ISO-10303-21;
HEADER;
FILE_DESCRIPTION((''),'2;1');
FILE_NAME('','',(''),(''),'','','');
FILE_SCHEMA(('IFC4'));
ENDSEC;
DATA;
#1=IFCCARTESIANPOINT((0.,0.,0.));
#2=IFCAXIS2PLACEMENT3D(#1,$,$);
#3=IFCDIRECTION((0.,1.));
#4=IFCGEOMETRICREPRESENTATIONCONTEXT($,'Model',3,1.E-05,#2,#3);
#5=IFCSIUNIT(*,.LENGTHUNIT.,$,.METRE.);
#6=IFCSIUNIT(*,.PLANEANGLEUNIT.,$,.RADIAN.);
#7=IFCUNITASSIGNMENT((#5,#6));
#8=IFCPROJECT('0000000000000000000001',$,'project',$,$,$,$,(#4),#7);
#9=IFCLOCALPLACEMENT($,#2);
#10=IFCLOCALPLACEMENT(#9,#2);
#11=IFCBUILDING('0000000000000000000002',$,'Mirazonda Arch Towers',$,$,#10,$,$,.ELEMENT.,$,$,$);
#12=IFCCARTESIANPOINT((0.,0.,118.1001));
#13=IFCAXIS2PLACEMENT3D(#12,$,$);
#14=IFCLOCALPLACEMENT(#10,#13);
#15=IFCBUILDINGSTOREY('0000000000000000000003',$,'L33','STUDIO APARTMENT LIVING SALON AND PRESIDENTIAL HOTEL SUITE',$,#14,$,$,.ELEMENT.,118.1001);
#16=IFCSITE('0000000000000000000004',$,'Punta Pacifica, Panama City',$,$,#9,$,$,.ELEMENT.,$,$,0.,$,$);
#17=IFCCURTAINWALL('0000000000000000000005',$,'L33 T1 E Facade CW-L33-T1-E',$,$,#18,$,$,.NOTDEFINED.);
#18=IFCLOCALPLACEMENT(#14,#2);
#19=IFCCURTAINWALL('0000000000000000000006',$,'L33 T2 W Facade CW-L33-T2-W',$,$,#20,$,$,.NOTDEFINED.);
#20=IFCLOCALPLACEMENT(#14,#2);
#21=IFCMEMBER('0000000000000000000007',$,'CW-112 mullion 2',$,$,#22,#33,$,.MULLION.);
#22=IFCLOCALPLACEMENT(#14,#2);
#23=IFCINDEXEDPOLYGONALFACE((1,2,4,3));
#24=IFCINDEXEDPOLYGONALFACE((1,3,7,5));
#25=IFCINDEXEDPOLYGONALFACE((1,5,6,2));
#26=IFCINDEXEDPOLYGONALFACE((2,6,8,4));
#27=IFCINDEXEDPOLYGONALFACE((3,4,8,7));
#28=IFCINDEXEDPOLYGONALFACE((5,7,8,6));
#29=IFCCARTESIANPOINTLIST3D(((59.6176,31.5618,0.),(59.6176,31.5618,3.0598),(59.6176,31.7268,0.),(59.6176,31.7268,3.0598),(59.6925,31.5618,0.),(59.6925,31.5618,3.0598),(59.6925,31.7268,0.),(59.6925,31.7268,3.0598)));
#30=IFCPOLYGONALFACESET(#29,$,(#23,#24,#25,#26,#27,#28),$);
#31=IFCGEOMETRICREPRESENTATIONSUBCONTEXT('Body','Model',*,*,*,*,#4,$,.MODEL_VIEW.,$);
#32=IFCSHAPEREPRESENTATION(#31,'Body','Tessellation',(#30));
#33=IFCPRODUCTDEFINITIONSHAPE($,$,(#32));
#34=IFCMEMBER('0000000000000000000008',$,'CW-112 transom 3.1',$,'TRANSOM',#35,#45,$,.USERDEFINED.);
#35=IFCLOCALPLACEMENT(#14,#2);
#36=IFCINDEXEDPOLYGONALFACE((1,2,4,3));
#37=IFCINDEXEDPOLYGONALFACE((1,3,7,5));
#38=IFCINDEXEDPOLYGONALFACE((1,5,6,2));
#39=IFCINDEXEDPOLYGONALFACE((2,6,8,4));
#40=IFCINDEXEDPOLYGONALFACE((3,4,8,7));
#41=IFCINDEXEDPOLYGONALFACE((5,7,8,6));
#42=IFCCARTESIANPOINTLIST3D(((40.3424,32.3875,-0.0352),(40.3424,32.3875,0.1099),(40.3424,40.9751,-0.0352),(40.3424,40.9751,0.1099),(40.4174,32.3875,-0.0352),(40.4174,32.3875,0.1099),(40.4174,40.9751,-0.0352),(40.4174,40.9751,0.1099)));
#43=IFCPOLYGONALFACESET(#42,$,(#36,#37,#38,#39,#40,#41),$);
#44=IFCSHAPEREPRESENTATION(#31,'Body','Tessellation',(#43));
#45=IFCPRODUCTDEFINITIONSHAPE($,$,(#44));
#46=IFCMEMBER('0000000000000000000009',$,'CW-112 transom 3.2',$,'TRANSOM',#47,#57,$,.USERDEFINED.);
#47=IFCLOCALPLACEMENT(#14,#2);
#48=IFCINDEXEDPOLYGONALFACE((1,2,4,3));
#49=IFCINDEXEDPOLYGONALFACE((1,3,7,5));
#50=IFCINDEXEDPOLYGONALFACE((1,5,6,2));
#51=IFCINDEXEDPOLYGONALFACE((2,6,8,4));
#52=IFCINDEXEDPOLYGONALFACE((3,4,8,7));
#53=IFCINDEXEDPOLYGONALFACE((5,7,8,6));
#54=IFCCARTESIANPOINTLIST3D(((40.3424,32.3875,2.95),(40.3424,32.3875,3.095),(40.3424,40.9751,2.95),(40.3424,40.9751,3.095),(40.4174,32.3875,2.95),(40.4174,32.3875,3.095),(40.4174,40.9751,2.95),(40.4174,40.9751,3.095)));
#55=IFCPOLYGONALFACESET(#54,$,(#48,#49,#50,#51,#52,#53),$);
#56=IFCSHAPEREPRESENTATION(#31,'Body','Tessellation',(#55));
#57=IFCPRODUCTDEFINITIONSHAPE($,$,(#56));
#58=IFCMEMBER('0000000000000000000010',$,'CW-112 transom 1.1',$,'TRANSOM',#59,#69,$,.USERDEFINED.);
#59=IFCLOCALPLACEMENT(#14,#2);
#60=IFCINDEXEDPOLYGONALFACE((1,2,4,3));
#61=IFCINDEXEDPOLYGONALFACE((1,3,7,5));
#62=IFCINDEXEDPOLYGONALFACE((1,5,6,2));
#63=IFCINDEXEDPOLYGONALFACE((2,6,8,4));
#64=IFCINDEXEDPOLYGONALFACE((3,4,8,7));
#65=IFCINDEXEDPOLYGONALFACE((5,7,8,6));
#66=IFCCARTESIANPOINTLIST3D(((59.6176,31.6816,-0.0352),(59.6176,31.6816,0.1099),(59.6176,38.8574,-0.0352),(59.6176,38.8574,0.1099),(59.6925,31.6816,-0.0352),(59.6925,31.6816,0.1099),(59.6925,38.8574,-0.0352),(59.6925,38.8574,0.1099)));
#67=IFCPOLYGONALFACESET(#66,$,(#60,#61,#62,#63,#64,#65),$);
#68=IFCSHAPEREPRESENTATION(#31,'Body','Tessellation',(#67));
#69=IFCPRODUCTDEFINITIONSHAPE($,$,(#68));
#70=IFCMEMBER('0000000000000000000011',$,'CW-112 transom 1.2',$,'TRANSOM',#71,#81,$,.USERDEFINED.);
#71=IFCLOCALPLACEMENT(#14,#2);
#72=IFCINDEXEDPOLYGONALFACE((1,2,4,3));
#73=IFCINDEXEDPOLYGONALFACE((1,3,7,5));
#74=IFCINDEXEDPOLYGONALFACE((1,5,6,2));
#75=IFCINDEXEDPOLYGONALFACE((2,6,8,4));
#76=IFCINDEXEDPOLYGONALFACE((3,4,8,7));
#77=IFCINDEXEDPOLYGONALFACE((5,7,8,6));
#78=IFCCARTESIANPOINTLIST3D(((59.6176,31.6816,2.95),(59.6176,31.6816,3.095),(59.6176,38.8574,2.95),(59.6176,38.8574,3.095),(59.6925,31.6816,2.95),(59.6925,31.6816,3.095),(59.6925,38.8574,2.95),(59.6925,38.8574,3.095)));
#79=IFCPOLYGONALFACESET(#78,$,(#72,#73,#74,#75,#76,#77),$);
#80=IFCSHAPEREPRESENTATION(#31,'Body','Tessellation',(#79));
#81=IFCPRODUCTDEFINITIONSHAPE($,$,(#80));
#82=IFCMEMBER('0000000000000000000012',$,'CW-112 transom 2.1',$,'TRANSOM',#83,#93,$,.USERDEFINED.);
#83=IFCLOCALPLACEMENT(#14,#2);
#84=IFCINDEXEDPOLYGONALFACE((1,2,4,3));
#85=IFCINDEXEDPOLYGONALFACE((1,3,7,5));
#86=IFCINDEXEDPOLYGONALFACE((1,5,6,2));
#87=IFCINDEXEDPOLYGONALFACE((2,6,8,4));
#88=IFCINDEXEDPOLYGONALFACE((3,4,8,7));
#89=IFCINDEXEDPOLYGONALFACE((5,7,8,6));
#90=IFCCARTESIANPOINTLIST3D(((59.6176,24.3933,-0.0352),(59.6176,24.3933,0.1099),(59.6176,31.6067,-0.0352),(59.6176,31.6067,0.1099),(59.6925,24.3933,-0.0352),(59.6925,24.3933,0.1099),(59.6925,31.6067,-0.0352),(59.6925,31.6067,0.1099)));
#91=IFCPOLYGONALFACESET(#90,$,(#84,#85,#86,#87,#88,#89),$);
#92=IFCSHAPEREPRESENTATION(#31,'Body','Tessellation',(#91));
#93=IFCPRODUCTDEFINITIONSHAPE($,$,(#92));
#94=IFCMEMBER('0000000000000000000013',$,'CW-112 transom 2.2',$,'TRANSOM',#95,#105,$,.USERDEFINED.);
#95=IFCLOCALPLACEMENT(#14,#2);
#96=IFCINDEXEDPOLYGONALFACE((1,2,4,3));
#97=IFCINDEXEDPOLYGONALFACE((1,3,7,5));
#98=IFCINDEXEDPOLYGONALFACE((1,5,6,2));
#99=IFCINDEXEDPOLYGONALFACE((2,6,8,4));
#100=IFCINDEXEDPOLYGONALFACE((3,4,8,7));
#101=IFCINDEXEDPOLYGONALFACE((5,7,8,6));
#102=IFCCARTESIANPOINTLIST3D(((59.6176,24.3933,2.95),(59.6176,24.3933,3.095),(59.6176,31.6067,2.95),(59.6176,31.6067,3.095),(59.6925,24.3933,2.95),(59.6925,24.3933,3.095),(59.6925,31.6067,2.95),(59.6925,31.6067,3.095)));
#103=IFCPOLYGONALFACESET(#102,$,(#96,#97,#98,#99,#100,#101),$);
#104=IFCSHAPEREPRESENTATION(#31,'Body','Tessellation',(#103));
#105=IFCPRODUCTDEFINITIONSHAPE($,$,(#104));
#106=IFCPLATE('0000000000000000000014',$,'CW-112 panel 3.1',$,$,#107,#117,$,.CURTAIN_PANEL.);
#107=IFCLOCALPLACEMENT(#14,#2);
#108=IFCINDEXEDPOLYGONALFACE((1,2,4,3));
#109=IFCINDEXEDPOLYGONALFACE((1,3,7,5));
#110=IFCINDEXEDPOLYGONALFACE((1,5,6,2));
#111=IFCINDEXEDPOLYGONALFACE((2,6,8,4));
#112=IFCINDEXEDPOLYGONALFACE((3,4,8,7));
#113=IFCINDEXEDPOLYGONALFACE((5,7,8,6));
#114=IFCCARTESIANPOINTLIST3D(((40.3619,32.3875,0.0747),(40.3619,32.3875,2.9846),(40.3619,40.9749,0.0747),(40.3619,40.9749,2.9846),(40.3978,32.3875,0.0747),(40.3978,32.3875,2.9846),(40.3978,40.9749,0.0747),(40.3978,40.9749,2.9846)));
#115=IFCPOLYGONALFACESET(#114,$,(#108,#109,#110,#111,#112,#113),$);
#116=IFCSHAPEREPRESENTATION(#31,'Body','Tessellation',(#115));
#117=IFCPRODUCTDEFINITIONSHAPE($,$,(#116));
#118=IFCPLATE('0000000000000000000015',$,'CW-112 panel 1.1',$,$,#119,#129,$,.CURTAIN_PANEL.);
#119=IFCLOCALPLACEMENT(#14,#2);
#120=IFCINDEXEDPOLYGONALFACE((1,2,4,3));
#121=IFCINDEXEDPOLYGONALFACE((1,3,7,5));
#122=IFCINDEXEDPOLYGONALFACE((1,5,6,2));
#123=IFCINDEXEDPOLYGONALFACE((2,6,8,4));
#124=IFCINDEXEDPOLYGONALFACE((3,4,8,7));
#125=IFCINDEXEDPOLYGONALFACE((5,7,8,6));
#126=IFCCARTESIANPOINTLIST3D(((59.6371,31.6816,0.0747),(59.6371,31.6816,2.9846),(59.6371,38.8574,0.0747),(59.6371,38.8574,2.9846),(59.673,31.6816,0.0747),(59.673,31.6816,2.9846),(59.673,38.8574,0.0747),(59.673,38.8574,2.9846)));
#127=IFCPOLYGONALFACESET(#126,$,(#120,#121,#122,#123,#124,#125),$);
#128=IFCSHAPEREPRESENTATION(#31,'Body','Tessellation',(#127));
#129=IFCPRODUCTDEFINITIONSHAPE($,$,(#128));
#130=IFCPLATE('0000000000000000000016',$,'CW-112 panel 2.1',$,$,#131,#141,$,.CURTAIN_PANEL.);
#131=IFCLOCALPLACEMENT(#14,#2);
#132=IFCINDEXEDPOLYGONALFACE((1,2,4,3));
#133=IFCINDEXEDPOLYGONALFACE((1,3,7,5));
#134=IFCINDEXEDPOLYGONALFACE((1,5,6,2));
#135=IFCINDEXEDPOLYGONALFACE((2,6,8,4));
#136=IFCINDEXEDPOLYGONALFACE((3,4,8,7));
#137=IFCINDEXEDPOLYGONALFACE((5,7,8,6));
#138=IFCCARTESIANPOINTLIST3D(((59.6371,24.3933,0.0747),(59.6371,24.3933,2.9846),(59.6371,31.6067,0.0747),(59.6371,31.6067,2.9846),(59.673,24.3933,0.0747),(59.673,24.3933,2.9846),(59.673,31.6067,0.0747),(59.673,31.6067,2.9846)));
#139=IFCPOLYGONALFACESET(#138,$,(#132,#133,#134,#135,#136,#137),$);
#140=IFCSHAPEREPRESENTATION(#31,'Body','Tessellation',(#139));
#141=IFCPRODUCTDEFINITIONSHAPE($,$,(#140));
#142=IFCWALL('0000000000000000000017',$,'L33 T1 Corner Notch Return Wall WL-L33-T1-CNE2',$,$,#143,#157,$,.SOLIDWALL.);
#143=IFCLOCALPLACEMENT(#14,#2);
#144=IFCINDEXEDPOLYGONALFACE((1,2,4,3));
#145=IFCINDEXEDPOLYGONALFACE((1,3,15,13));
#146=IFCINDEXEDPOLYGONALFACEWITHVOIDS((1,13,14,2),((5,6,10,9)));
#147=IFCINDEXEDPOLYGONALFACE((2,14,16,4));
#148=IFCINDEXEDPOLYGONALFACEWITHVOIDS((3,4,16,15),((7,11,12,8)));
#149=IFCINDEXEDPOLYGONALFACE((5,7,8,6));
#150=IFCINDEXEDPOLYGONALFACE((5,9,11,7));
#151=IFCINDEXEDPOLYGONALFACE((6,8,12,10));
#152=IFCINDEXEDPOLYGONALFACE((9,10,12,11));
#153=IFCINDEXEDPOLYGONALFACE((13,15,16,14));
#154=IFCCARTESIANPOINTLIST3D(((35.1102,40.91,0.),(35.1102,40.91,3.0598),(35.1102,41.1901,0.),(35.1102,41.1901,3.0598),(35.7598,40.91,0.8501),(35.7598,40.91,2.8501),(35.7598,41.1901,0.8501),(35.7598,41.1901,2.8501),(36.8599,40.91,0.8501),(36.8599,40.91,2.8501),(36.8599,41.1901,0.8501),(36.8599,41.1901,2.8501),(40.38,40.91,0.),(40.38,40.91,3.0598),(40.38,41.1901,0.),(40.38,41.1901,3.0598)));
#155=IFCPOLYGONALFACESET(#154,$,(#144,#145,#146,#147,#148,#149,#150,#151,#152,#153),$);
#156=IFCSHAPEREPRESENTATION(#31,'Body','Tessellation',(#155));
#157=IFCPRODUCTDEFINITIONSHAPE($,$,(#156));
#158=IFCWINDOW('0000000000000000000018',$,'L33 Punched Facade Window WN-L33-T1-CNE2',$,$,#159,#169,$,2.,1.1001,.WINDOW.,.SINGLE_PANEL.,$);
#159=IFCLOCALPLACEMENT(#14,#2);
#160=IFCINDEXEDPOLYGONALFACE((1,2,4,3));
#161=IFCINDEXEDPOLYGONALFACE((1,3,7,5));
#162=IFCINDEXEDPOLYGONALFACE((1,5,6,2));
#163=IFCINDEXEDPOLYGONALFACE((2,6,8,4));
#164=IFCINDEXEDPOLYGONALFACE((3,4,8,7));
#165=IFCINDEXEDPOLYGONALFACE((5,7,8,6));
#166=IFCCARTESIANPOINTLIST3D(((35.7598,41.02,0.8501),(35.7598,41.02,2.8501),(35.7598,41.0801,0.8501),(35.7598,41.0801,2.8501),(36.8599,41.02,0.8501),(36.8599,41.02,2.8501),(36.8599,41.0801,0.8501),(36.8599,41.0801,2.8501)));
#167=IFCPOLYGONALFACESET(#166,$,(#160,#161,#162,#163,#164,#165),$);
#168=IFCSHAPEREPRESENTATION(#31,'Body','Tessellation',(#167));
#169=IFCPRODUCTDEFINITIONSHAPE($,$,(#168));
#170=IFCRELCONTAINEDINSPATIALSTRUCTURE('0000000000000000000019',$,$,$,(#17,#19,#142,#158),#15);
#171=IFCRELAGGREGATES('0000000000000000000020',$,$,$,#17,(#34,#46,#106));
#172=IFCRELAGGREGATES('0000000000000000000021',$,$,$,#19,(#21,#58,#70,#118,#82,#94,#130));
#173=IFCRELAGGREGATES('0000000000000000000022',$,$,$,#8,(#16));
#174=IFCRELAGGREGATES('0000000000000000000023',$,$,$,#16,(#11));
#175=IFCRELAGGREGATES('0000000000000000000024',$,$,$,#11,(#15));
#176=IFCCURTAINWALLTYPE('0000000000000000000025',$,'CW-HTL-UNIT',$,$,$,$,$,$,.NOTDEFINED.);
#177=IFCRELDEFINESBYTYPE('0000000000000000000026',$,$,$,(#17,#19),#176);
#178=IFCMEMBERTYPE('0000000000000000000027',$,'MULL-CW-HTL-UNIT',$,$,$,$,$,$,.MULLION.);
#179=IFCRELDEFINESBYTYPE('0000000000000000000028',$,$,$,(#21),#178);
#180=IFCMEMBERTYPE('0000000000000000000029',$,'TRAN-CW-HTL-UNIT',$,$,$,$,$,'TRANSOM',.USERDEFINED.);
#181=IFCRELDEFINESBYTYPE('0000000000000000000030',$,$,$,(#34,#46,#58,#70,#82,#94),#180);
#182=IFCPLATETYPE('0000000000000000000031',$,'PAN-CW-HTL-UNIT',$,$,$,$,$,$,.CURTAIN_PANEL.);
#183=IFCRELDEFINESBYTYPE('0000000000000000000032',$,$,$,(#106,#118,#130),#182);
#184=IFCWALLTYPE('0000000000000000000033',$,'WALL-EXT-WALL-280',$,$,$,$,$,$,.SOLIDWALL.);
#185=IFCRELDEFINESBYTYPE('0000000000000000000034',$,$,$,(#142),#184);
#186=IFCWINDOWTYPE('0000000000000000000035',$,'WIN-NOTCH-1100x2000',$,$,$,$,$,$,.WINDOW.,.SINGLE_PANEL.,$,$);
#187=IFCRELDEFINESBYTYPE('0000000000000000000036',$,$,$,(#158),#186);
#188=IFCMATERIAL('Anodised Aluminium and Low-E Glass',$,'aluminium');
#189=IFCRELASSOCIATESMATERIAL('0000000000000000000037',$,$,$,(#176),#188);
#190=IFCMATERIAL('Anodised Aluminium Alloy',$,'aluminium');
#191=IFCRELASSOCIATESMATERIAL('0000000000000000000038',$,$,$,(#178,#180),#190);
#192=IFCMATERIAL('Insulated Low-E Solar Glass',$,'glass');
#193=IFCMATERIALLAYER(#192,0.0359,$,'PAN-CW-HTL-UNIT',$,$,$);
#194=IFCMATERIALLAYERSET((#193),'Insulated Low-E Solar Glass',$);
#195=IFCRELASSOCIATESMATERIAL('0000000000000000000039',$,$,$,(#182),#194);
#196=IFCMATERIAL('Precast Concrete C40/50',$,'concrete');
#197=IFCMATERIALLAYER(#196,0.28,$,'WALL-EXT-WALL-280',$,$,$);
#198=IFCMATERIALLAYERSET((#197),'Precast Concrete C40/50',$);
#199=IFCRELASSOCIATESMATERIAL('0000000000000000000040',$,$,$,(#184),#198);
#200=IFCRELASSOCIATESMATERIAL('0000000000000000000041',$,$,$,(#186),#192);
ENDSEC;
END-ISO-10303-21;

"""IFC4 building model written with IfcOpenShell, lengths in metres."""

from ifc_helpers import new_model, si_unit, direction, frame, frame_2d, origin, origin_2d, place, context, subcontext, project, spatial, rectangle, extrude, material, layer, layer_set, material_profile, profile_set, type_object, element, fill, aggregate, save


model = new_model("IFC4")

# Units and contexts
model_context = context("Model", 3, precision=1e-05, world=origin(), true_north=direction((0.0, 1.0)))
body_context = subcontext(model_context, "Body", "Model", "MODEL_VIEW")
ifc_project = project(units=[si_unit("LENGTHUNIT", "METRE"), si_unit("PLANEANGLEUNIT", "RADIAN")], contexts=[model_context])

# Site, building, storey
site_placement = place(None, origin())
site = spatial("IfcSite", under=ifc_project, at=site_placement, Name="Punta Pacifica, Panama City", CompositionType="ELEMENT", RefElevation=0.0)
building_placement = place(site_placement, origin())
building = spatial("IfcBuilding", under=site, at=building_placement, Name="Mirazonda Arch Towers", CompositionType="ELEMENT")
storey_placement = place(building_placement, frame((0.0, 0.0, 118.1001)))
storey = spatial("IfcBuildingStorey", under=building, at=storey_placement, Name="L33", Description="STUDIO APARTMENT LIVING SALON AND PRESIDENTIAL HOTEL SUITE", CompositionType="ELEMENT", Elevation=118.1001)

# Curtain walls, member
ifc_material_1 = material(Name="Anodised Aluminium and Low-E Glass", Category="aluminium")
curtain_wall_type = type_object("IfcCurtainWallType", Name="CW-HTL-UNIT", PredefinedType="NOTDEFINED", material=ifc_material_1)
curtain_wall_1_placement = place(storey_placement, origin())
curtain_wall_1 = element("IfcCurtainWall", 1, at=curtain_wall_1_placement, inside=storey, type_object=curtain_wall_type, Name="L33 T1 E Facade CW-L33-T1-E", PredefinedType="NOTDEFINED")
ifc_material_2 = material(Name="Anodised Aluminium Alloy", Category="aluminium")
ifc_material_profile_1 = material_profile(ifc_material_2, rectangle(XDim=0.075, YDim=0.165, at=origin_2d()), Name="ALU-MULL-75x165")
ifc_profile_set_1 = profile_set([ifc_material_profile_1], Name="Anodised Aluminium Alloy")
member_type_1 = type_object("IfcMemberType", Name="MULL-CW-HTL-UNIT", PredefinedType="MULLION", material=ifc_profile_set_1)
curtain_wall_2_placement = place(storey_placement, origin())
curtain_wall_2 = element("IfcCurtainWall", 2, at=curtain_wall_2_placement, inside=storey, type_object=curtain_wall_type, Name="L33 T2 W Facade CW-L33-T2-W", PredefinedType="NOTDEFINED")
member_1_placement = place(storey_placement, frame((59.655, 31.6443, 0.0), z_axis=(0.0, 0.0, 1.0), x_axis=(1.0, 0.0, 0.0)))
member_1 = element("IfcMember", 3, at=member_1_placement, type_object=member_type_1, Name="CW-112 mullion 2", PredefinedType="MULLION", context=body_context, shape_type="SweptSolid", body=[
    extrude(rectangle(XDim=0.075, YDim=0.165, at=origin_2d()), origin(), (0.0, 0.0, 1.0), 3.0598),
])

# Members
ifc_material_profile_2 = material_profile(ifc_material_2, rectangle(XDim=0.075, YDim=0.145, at=origin_2d()), Name="ALU-TRAN-75x145")
ifc_profile_set_2 = profile_set([ifc_material_profile_2], Name="Anodised Aluminium Alloy")
member_type_2 = type_object("IfcMemberType", Name="TRAN-CW-HTL-UNIT", ElementType="TRANSOM", PredefinedType="USERDEFINED", material=ifc_profile_set_2)
member_2_placement = place(storey_placement, frame((40.3799, 32.3875, 0.0374), z_axis=(0.0, 1.0, 0.0), x_axis=(-1.0, 0.0, 0.0)))
member_2 = element("IfcMember", 4, at=member_2_placement, type_object=member_type_2, Name="CW-112 transom 3.1", ObjectType="TRANSOM", PredefinedType="USERDEFINED", context=body_context, shape_type="SweptSolid", body=[
    extrude(rectangle(XDim=0.075, YDim=0.145, at=origin_2d()), origin(), (0.0, 0.0, 1.0), 8.5876),
])
member_3_placement = place(storey_placement, frame((40.3799, 32.3875, 3.0225), z_axis=(0.0, 1.0, 0.0), x_axis=(-1.0, 0.0, 0.0)))
member_3 = element("IfcMember", 5, at=member_3_placement, type_object=member_type_2, Name="CW-112 transom 3.2", ObjectType="TRANSOM", PredefinedType="USERDEFINED", context=body_context, shape_type="SweptSolid", body=[
    extrude(rectangle(XDim=0.075, YDim=0.145, at=origin_2d()), origin(), (0.0, 0.0, 1.0), 8.5876),
])
member_4_placement = place(storey_placement, frame((59.655, 38.8574, 0.0374), z_axis=(0.0, -1.0, 0.0), x_axis=(1.0, 0.0, 0.0)))
member_4 = element("IfcMember", 6, at=member_4_placement, type_object=member_type_2, Name="CW-112 transom 1.1", ObjectType="TRANSOM", PredefinedType="USERDEFINED", context=body_context, shape_type="SweptSolid", body=[
    extrude(rectangle(XDim=0.075, YDim=0.145, at=origin_2d()), origin(), (0.0, 0.0, 1.0), 7.1758),
])
member_5_placement = place(storey_placement, frame((59.655, 38.8574, 3.0225), z_axis=(0.0, -1.0, 0.0), x_axis=(1.0, 0.0, 0.0)))
member_5 = element("IfcMember", 7, at=member_5_placement, type_object=member_type_2, Name="CW-112 transom 1.2", ObjectType="TRANSOM", PredefinedType="USERDEFINED", context=body_context, shape_type="SweptSolid", body=[
    extrude(rectangle(XDim=0.075, YDim=0.145, at=origin_2d()), origin(), (0.0, 0.0, 1.0), 7.1758),
])
member_6_placement = place(storey_placement, frame((59.655, 31.6067, 0.0374), z_axis=(0.0, -1.0, 0.0), x_axis=(1.0, 0.0, 0.0)))
member_6 = element("IfcMember", 8, at=member_6_placement, type_object=member_type_2, Name="CW-112 transom 2.1", ObjectType="TRANSOM", PredefinedType="USERDEFINED", context=body_context, shape_type="SweptSolid", body=[
    extrude(rectangle(XDim=0.075, YDim=0.145, at=origin_2d()), origin(), (0.0, 0.0, 1.0), 7.2134),
])
member_7_placement = place(storey_placement, frame((59.655, 31.6067, 3.0225), z_axis=(0.0, -1.0, 0.0), x_axis=(1.0, 0.0, 0.0)))
member_7 = element("IfcMember", 9, at=member_7_placement, type_object=member_type_2, Name="CW-112 transom 2.2", ObjectType="TRANSOM", PredefinedType="USERDEFINED", context=body_context, shape_type="SweptSolid", body=[
    extrude(rectangle(XDim=0.075, YDim=0.145, at=origin_2d()), origin(), (0.0, 0.0, 1.0), 7.2134),
])

# Plates
ifc_material_3 = material(Name="Insulated Low-E Solar Glass", Category="glass")
ifc_layer_1 = layer(ifc_material_3, 0.0359, Name="PAN-CW-HTL-UNIT")
ifc_layer_set_1 = layer_set([ifc_layer_1], Name="Insulated Low-E Solar Glass")
plate_type = type_object("IfcPlateType", Name="PAN-CW-HTL-UNIT", PredefinedType="CURTAIN_PANEL", material=ifc_layer_set_1)
plate_1_placement = place(storey_placement, frame((40.3799, 36.6812, 0.0747), z_axis=(0.0, 0.0, 1.0), x_axis=(0.0, 1.0, 0.0)))
plate_1 = element("IfcPlate", 10, at=plate_1_placement, type_object=plate_type, Name="CW-112 panel 3.1", PredefinedType="CURTAIN_PANEL", context=body_context, shape_type="SweptSolid", body=[
    extrude(rectangle(XDim=8.5874, YDim=0.0359, at=origin_2d()), origin(), (0.0, 0.0, 1.0), 2.9099),
])
aggregate(curtain_wall_1, [member_2, member_3, plate_1])
plate_2_placement = place(storey_placement, frame((59.655, 35.2695, 0.0747), z_axis=(0.0, 0.0, 1.0), x_axis=(0.0, -1.0, 0.0)))
plate_2 = element("IfcPlate", 11, at=plate_2_placement, type_object=plate_type, Name="CW-112 panel 1.1", PredefinedType="CURTAIN_PANEL", context=body_context, shape_type="SweptSolid", body=[
    extrude(rectangle(XDim=7.1758, YDim=0.0359, at=origin_2d()), origin(), (0.0, 0.0, 1.0), 2.9099),
])
plate_3_placement = place(storey_placement, frame((59.655, 28.0, 0.0747), z_axis=(0.0, 0.0, 1.0), x_axis=(0.0, -1.0, 0.0)))
plate_3 = element("IfcPlate", 12, at=plate_3_placement, type_object=plate_type, Name="CW-112 panel 2.1", PredefinedType="CURTAIN_PANEL", context=body_context, shape_type="SweptSolid", body=[
    extrude(rectangle(XDim=7.2134, YDim=0.0359, at=origin_2d()), origin(), (0.0, 0.0, 1.0), 2.9099),
])
aggregate(curtain_wall_2, [member_1, member_4, member_5, plate_2, member_6, member_7, plate_3])

# Wall, opening, window
ifc_material_4 = material(Name="Precast Concrete C40/50", Category="concrete")
ifc_layer_2 = layer(ifc_material_4, 0.28, Name="WALL-EXT-WALL-280")
ifc_layer_set_2 = layer_set([ifc_layer_2], Name="Precast Concrete C40/50")
wall_type_1 = type_object("IfcWallType", Name="WALL-EXT-WALL-280", PredefinedType="SOLIDWALL", material=ifc_layer_set_2)
wall_1_placement = place(storey_placement, frame((40.3799, 41.05, 0.0), z_axis=(0.0, 0.0, 1.0), x_axis=(-1.0, 0.0, 0.0)))
wall_1 = element("IfcWall", 13, at=wall_1_placement, inside=storey, type_object=wall_type_1, Name="L33 T1 Corner Notch Return Wall WL-L33-T1-CNE2", PredefinedType="SOLIDWALL", context=body_context, shape_type="SweptSolid", body=[
    extrude(rectangle(XDim=5.2698, YDim=0.28, at=frame_2d((2.6348, 0.0))), origin(), (0.0, 0.0, 1.0), 3.0598),
])
opening_1_placement = place(wall_1_placement, frame((3.52, 0.0, 0.8501)))
opening_1 = element("IfcOpeningElement", 14, at=opening_1_placement, cuts=wall_1, PredefinedType="OPENING", context=body_context, shape_type="SweptSolid", body=[
    extrude(rectangle(XDim=1.1001, YDim=2.0, at=frame_2d((0.55, 1.0))), frame((0.0, 0.1499, 0.0), z_axis=(0.0, -1.0, 0.0), x_axis=(1.0, 0.0, 0.0)), (0.0, 0.0, 1.0), 0.3),
])
window_type = type_object("IfcWindowType", Name="WIN-NOTCH-1100x2000", PartitioningType="SINGLE_PANEL", PredefinedType="WINDOW", material=ifc_material_3)
window_1_placement = place(opening_1_placement, origin())
window_1 = element("IfcWindow", 15, at=window_1_placement, inside=storey, type_object=window_type, Name="L33 Punched Facade Window WN-L33-T1-CNE2", OverallHeight=2.0, OverallWidth=1.1001, PartitioningType="SINGLE_PANEL", PredefinedType="WINDOW", context=body_context, shape_type="SweptSolid", body=[
    extrude(rectangle(XDim=1.1001, YDim=2.0, at=frame_2d((0.55, 1.0))), frame((0.0, 0.03, 0.0), z_axis=(0.0, -1.0, 0.0), x_axis=(1.0, 0.0, 0.0)), (0.0, 0.0, 1.0), 0.0601),
])
fill(opening_1, window_1)

save(model, "model.ifc")
